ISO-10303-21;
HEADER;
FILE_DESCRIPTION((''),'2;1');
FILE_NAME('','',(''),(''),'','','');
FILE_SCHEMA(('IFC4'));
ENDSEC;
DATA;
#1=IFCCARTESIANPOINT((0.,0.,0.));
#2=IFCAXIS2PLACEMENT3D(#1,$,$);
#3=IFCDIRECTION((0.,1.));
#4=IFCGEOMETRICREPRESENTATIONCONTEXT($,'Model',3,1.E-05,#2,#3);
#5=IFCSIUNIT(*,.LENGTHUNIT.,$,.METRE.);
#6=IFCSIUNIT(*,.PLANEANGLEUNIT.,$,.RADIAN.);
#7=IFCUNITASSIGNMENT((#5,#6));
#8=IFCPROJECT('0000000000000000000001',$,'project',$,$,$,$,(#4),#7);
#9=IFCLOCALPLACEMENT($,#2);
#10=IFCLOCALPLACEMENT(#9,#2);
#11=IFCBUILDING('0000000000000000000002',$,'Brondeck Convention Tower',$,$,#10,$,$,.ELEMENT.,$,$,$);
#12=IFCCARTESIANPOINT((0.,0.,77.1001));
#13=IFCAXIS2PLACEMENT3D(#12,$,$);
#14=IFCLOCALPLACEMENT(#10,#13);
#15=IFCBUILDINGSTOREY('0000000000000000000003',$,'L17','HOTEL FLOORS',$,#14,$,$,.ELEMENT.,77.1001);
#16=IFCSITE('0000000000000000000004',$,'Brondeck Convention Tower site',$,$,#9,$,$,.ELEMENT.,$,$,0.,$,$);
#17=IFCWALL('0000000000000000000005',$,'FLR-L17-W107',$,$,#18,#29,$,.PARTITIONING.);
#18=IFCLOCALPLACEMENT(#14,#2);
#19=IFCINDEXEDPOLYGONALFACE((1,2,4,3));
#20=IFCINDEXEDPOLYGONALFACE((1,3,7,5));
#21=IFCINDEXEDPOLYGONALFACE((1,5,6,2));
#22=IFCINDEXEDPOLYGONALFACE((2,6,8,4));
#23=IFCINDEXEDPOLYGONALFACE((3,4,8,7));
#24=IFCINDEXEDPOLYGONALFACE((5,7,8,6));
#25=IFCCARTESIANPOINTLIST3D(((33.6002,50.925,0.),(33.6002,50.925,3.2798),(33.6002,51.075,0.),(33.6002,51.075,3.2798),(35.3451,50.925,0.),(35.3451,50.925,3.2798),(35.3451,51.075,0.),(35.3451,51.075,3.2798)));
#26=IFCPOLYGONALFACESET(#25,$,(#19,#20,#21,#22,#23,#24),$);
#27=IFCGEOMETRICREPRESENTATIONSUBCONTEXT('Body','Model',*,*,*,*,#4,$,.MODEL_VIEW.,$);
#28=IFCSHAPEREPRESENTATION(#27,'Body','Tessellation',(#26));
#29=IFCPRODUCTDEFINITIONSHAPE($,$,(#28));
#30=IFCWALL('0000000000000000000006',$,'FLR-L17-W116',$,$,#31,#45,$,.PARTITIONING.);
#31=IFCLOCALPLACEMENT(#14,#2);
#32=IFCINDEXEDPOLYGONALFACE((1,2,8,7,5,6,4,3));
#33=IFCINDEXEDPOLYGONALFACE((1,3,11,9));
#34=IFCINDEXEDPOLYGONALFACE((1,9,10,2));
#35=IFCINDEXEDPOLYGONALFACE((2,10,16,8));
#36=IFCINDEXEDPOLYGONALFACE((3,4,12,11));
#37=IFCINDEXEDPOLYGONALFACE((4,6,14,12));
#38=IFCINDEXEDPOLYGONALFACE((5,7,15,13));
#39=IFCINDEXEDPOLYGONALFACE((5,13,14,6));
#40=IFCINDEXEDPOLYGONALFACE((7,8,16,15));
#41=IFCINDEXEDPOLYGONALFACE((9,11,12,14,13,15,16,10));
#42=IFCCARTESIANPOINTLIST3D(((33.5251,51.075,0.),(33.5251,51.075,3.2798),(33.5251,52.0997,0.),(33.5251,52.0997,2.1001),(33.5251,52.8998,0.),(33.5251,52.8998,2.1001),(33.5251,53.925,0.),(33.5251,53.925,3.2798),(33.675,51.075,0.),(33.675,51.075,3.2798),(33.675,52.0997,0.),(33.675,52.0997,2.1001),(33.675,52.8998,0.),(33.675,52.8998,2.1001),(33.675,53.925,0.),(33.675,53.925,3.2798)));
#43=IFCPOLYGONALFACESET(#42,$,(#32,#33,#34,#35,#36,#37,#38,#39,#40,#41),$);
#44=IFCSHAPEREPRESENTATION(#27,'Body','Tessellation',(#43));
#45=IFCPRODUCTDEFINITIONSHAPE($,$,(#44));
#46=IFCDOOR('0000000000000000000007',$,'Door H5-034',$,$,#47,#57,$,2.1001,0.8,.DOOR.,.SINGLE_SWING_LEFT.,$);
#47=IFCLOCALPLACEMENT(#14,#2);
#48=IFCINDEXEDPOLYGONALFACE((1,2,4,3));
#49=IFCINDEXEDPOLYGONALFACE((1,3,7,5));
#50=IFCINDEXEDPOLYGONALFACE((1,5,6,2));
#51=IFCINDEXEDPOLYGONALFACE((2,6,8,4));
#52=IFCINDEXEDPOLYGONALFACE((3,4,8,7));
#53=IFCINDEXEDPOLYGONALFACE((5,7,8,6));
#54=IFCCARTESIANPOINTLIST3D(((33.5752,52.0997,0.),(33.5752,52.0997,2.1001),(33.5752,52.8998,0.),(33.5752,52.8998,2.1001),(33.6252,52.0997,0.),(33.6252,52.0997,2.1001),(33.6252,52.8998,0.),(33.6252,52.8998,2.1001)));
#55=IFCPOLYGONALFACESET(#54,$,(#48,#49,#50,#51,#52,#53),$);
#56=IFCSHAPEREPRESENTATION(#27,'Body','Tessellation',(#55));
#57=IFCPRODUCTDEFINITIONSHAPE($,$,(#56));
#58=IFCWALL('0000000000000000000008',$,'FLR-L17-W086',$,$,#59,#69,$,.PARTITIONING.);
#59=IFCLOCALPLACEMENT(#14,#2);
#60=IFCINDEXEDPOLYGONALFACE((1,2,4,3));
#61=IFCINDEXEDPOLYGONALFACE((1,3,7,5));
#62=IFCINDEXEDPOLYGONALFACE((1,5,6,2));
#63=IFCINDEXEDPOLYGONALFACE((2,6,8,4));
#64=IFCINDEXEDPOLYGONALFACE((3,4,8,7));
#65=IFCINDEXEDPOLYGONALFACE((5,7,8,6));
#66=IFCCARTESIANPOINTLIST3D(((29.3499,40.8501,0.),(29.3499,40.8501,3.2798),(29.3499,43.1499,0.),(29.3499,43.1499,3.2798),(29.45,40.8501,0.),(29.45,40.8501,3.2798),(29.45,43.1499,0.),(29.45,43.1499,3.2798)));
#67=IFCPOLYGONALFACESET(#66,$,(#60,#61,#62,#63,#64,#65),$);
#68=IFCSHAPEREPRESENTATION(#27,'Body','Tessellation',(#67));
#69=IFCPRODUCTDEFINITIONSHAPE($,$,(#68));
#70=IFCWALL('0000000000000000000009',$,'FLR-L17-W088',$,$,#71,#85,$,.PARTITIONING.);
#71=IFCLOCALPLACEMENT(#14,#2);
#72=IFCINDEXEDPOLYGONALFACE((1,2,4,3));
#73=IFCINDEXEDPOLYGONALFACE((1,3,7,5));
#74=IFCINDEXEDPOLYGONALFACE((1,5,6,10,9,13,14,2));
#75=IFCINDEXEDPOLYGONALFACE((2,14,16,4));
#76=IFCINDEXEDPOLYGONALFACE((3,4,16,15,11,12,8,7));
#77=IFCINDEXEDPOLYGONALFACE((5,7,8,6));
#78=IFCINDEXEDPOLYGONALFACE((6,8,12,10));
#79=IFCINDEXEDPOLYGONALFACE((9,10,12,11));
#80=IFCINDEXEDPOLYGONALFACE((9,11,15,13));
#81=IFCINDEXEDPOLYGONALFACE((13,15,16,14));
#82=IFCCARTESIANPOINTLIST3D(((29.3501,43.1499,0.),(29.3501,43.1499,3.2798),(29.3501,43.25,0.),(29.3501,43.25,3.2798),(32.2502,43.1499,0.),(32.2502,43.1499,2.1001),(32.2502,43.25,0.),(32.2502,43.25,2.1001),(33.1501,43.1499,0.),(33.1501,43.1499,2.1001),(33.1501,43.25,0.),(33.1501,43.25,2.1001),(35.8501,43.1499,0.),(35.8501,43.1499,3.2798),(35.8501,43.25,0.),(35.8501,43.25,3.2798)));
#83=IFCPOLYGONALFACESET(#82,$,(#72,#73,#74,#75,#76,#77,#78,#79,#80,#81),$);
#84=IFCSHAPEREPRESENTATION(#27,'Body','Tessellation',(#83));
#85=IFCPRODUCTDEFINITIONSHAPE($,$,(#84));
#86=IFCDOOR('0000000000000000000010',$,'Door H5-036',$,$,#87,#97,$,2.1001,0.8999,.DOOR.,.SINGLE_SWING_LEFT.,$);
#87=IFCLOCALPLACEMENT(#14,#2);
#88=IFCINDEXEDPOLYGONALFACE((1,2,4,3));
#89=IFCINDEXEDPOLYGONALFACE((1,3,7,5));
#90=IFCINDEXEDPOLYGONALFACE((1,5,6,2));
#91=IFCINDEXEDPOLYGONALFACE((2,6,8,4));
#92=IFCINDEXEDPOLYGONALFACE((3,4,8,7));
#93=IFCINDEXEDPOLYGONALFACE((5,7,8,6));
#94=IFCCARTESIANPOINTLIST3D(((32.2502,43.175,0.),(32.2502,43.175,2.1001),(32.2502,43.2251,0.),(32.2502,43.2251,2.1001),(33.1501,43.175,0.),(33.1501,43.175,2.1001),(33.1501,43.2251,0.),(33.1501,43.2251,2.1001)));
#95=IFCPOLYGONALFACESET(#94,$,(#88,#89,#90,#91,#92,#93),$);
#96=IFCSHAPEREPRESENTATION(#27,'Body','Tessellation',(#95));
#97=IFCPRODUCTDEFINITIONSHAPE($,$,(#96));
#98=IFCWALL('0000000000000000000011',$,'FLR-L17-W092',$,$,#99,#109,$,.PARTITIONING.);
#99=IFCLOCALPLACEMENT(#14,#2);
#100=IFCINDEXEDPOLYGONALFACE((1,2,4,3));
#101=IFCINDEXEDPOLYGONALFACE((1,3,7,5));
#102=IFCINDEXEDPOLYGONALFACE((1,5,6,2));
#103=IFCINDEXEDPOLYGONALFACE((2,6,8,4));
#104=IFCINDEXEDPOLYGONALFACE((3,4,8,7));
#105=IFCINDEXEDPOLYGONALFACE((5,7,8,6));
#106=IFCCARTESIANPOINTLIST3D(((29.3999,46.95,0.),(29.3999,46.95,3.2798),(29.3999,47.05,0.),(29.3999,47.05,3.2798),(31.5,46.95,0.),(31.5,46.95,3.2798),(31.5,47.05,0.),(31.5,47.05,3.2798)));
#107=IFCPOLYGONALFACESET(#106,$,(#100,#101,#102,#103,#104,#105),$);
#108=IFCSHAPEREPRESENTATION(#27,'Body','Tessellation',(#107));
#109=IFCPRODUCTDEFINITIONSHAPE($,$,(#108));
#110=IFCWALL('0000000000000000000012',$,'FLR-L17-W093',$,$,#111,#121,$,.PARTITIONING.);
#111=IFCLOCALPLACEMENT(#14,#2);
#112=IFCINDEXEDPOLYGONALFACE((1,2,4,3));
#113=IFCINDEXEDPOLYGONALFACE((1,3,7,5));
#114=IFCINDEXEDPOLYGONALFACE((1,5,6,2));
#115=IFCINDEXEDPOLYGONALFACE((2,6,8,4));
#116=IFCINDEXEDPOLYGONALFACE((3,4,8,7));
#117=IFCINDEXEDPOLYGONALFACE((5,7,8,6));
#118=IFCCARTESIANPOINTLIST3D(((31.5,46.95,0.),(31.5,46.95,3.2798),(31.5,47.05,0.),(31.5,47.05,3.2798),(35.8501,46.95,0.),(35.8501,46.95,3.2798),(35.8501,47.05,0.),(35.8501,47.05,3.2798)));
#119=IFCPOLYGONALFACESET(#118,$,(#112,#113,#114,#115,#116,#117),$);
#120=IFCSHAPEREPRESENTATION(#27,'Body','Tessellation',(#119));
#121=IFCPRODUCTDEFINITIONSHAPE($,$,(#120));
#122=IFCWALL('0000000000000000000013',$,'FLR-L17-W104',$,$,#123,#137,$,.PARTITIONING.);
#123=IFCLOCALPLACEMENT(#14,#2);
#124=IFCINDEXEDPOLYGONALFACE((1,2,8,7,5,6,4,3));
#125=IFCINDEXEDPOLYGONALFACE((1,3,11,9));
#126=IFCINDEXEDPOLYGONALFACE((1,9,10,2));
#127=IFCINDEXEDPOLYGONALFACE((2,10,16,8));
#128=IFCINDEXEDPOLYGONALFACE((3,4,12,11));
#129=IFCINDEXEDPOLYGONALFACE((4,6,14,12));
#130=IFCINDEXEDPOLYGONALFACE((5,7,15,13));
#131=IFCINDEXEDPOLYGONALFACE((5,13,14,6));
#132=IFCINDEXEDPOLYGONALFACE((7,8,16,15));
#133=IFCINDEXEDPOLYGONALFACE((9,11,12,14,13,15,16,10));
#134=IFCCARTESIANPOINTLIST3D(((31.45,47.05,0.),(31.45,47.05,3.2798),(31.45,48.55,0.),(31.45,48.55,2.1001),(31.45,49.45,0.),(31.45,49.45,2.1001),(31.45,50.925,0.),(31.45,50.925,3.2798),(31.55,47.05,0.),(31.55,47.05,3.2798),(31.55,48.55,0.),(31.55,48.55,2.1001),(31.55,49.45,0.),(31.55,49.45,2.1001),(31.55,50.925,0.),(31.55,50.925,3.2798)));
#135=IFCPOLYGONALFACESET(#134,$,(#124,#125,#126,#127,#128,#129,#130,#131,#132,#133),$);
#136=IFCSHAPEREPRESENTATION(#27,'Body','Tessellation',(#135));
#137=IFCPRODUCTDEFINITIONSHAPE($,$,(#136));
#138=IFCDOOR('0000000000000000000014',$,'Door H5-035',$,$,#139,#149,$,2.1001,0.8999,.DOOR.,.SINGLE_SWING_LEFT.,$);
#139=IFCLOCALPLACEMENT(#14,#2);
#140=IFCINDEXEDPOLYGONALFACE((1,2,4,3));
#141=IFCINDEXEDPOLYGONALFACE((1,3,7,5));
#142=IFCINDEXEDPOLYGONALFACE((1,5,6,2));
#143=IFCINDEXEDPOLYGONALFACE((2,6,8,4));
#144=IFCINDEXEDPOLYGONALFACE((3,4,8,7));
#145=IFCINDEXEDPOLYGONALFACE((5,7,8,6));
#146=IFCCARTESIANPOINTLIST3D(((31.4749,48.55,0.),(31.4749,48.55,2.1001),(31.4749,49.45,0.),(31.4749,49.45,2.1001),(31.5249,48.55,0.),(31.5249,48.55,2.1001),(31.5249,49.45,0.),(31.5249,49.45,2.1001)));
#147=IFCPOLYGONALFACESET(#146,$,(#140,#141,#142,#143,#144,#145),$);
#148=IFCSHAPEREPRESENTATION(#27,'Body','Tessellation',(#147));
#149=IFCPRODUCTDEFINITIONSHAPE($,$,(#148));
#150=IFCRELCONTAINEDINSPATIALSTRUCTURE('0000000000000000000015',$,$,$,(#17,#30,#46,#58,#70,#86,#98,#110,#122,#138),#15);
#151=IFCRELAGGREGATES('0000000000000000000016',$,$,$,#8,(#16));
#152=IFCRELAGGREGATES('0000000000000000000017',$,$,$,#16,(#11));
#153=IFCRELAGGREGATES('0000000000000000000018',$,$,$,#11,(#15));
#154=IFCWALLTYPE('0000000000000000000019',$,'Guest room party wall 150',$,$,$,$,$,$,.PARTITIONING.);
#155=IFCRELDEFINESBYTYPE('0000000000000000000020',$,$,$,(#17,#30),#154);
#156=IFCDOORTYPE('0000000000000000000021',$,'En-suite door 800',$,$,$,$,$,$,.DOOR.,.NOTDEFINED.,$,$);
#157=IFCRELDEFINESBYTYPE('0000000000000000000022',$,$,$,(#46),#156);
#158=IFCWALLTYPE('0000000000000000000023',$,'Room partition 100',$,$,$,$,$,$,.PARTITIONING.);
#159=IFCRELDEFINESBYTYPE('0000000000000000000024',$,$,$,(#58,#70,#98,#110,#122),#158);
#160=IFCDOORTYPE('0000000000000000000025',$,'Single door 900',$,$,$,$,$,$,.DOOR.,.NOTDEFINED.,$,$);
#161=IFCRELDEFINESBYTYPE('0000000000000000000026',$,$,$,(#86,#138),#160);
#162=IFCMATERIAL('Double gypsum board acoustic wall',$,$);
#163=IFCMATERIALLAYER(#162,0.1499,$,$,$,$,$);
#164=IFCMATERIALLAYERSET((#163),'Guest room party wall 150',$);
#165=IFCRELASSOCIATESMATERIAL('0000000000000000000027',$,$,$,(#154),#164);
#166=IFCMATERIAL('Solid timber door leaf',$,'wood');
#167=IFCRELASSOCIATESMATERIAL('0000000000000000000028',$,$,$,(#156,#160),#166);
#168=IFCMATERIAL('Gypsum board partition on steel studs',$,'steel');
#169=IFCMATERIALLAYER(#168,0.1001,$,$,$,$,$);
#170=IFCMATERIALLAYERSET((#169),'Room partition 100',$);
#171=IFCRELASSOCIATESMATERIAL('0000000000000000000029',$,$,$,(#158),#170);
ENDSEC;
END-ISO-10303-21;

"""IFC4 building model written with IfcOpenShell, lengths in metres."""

from ifc_helpers import new_model, si_unit, direction, frame, frame_2d, origin, place, context, subcontext, project, spatial, rectangle, extrude, material, layer, layer_set, type_object, element, fill, save


model = new_model("IFC4")

# Units and contexts
model_context = context("Model", 3, precision=1e-05, world=origin(), true_north=direction((0.0, 1.0)))
body_context = subcontext(model_context, "Body", "Model", "MODEL_VIEW")
ifc_project = project(units=[si_unit("LENGTHUNIT", "METRE"), si_unit("PLANEANGLEUNIT", "RADIAN")], contexts=[model_context])

# Site, building, storey
site_placement = place(None, origin())
site = spatial("IfcSite", under=ifc_project, at=site_placement, Name="Brondeck Convention Tower site", CompositionType="ELEMENT", RefElevation=0.0)
building_placement = place(site_placement, origin())
building = spatial("IfcBuilding", under=site, at=building_placement, Name="Brondeck Convention Tower", CompositionType="ELEMENT")
storey_placement = place(building_placement, frame((0.0, 0.0, 77.1001)))
storey = spatial("IfcBuildingStorey", under=building, at=storey_placement, Name="L17", Description="HOTEL FLOORS", CompositionType="ELEMENT", Elevation=77.1001)

# Wall
ifc_material_1 = material(Name="Double gypsum board acoustic wall")
ifc_layer_1 = layer(ifc_material_1, 0.1499)
ifc_layer_set_1 = layer_set([ifc_layer_1], Name="Guest room party wall 150")
wall_type_1 = type_object("IfcWallType", Name="Guest room party wall 150", PredefinedType="PARTITIONING", material=ifc_layer_set_1)
wall_1_placement = place(storey_placement, frame((33.6001, 51.0, 0.0), z_axis=(0.0, 0.0, 1.0), x_axis=(1.0, 0.0, 0.0)))
element("IfcWall", 1, at=wall_1_placement, inside=storey, type_object=wall_type_1, Name="FLR-L17-W107", PredefinedType="PARTITIONING", context=body_context, shape_type="SweptSolid", body=[
    extrude(rectangle(XDim=1.7449, YDim=0.1499, at=frame_2d((0.8726, 0.0))), origin(), (0.0, 0.0, 1.0), 3.2798),
])

# Wall, opening, door
wall_2_placement = place(storey_placement, frame((33.6001, 51.075, 0.0), z_axis=(0.0, 0.0, 1.0), x_axis=(0.0, 1.0, 0.0)))
wall_2 = element("IfcWall", 2, at=wall_2_placement, inside=storey, type_object=wall_type_1, Name="FLR-L17-W116", PredefinedType="PARTITIONING", context=body_context, shape_type="SweptSolid", body=[
    extrude(rectangle(XDim=2.8501, YDim=0.1499, at=frame_2d((1.425, 0.0))), origin(), (0.0, 0.0, 1.0), 3.2798),
])
opening_1_placement = place(wall_2_placement, frame((1.0249, 0.0, 0.0)))
opening_1 = element("IfcOpeningElement", 3, at=opening_1_placement, cuts=wall_2, PredefinedType="OPENING", context=body_context, shape_type="SweptSolid", body=[
    extrude(rectangle(XDim=0.8, YDim=2.1001, at=frame_2d((0.3999, 1.05))), frame((0.0, 0.085, 0.0), z_axis=(0.0, -1.0, 0.0), x_axis=(1.0, 0.0, 0.0)), (0.0, 0.0, 1.0), 0.1699),
])
ifc_material_2 = material(Name="Solid timber door leaf", Category="wood")
door_type_1 = type_object("IfcDoorType", Name="En-suite door 800", OperationType="NOTDEFINED", PredefinedType="DOOR", material=ifc_material_2)
door_1_placement = place(opening_1_placement, origin())
door_1 = element("IfcDoor", 4, at=door_1_placement, inside=storey, type_object=door_type_1, Name="Door H5-034", OperationType="SINGLE_SWING_LEFT", OverallHeight=2.1001, OverallWidth=0.8, PredefinedType="DOOR", context=body_context, shape_type="SweptSolid", body=[
    extrude(rectangle(XDim=0.8, YDim=2.1001, at=frame_2d((0.3999, 1.05))), frame((0.0, 0.0249, 0.0), z_axis=(0.0, -1.0, 0.0), x_axis=(1.0, 0.0, 0.0)), (0.0, 0.0, 1.0), 0.05),
])
fill(opening_1, door_1)

# Wall
ifc_material_3 = material(Name="Gypsum board partition on steel studs", Category="steel")
ifc_layer_2 = layer(ifc_material_3, 0.1001)
ifc_layer_set_2 = layer_set([ifc_layer_2], Name="Room partition 100")
wall_type_2 = type_object("IfcWallType", Name="Room partition 100", PredefinedType="PARTITIONING", material=ifc_layer_set_2)
wall_3_placement = place(storey_placement, frame((29.3999, 43.1499, 0.0), z_axis=(0.0, 0.0, 1.0), x_axis=(0.0, -1.0, 0.0)))
element("IfcWall", 5, at=wall_3_placement, inside=storey, type_object=wall_type_2, Name="FLR-L17-W086", PredefinedType="PARTITIONING", context=body_context, shape_type="SweptSolid", body=[
    extrude(rectangle(XDim=2.2998, YDim=0.1001, at=frame_2d((1.1499, 0.0))), origin(), (0.0, 0.0, 1.0), 3.2798),
])

# Wall, opening, door
wall_4_placement = place(storey_placement, frame((35.8501, 43.2, 0.0), z_axis=(0.0, 0.0, 1.0), x_axis=(-1.0, 0.0, 0.0)))
wall_4 = element("IfcWall", 6, at=wall_4_placement, inside=storey, type_object=wall_type_2, Name="FLR-L17-W088", PredefinedType="PARTITIONING", context=body_context, shape_type="SweptSolid", body=[
    extrude(rectangle(XDim=6.5, YDim=0.1001, at=frame_2d((3.25, 0.0))), origin(), (0.0, 0.0, 1.0), 3.2798),
])
opening_2_placement = place(wall_4_placement, frame((2.7, 0.0, 0.0)))
opening_2 = element("IfcOpeningElement", 7, at=opening_2_placement, cuts=wall_4, PredefinedType="OPENING", context=body_context, shape_type="SweptSolid", body=[
    extrude(rectangle(XDim=0.8999, YDim=2.1001, at=frame_2d((0.45, 1.05))), frame((0.0, 0.0601, 0.0), z_axis=(0.0, -1.0, 0.0), x_axis=(1.0, 0.0, 0.0)), (0.0, 0.0, 1.0), 0.1201),
])
door_type_2 = type_object("IfcDoorType", Name="Single door 900", OperationType="NOTDEFINED", PredefinedType="DOOR", material=ifc_material_2)
door_2_placement = place(opening_2_placement, origin())
door_2 = element("IfcDoor", 8, at=door_2_placement, inside=storey, type_object=door_type_2, Name="Door H5-036", OperationType="SINGLE_SWING_LEFT", OverallHeight=2.1001, OverallWidth=0.8999, PredefinedType="DOOR", context=body_context, shape_type="SweptSolid", body=[
    extrude(rectangle(XDim=0.8999, YDim=2.1001, at=frame_2d((0.45, 1.05))), frame((0.0, 0.0249, 0.0), z_axis=(0.0, -1.0, 0.0), x_axis=(1.0, 0.0, 0.0)), (0.0, 0.0, 1.0), 0.05),
])
fill(opening_2, door_2)

# Walls
wall_5_placement = place(storey_placement, frame((29.3999, 47.0, 0.0), z_axis=(0.0, 0.0, 1.0), x_axis=(1.0, 0.0, 0.0)))
element("IfcWall", 9, at=wall_5_placement, inside=storey, type_object=wall_type_2, Name="FLR-L17-W092", PredefinedType="PARTITIONING", context=body_context, shape_type="SweptSolid", body=[
    extrude(rectangle(XDim=2.1001, YDim=0.1001, at=frame_2d((1.05, 0.0))), origin(), (0.0, 0.0, 1.0), 3.2798),
])
wall_6_placement = place(storey_placement, frame((31.5, 47.0, 0.0), z_axis=(0.0, 0.0, 1.0), x_axis=(1.0, 0.0, 0.0)))
element("IfcWall", 10, at=wall_6_placement, inside=storey, type_object=wall_type_2, Name="FLR-L17-W093", PredefinedType="PARTITIONING", context=body_context, shape_type="SweptSolid", body=[
    extrude(rectangle(XDim=4.3501, YDim=0.1001, at=frame_2d((2.175, 0.0))), origin(), (0.0, 0.0, 1.0), 3.2798),
])

# Wall, opening, door
wall_7_placement = place(storey_placement, frame((31.5, 50.925, 0.0), z_axis=(0.0, 0.0, 1.0), x_axis=(0.0, -1.0, 0.0)))
wall_7 = element("IfcWall", 11, at=wall_7_placement, inside=storey, type_object=wall_type_2, Name="FLR-L17-W104", PredefinedType="PARTITIONING", context=body_context, shape_type="SweptSolid", body=[
    extrude(rectangle(XDim=3.875, YDim=0.1001, at=frame_2d((1.9375, 0.0))), origin(), (0.0, 0.0, 1.0), 3.2798),
])
opening_3_placement = place(wall_7_placement, frame((1.4751, 0.0, 0.0)))
opening_3 = element("IfcOpeningElement", 12, at=opening_3_placement, cuts=wall_7, PredefinedType="OPENING", context=body_context, shape_type="SweptSolid", body=[
    extrude(rectangle(XDim=0.8999, YDim=2.1001, at=frame_2d((0.45, 1.05))), frame((0.0, 0.0601, 0.0), z_axis=(0.0, -1.0, 0.0), x_axis=(1.0, 0.0, 0.0)), (0.0, 0.0, 1.0), 0.1201),
])
door_3_placement = place(opening_3_placement, origin())
door_3 = element("IfcDoor", 13, at=door_3_placement, inside=storey, type_object=door_type_2, Name="Door H5-035", OperationType="SINGLE_SWING_LEFT", OverallHeight=2.1001, OverallWidth=0.8999, PredefinedType="DOOR", context=body_context, shape_type="SweptSolid", body=[
    extrude(rectangle(XDim=0.8999, YDim=2.1001, at=frame_2d((0.45, 1.05))), frame((0.0, 0.0249, 0.0), z_axis=(0.0, -1.0, 0.0), x_axis=(1.0, 0.0, 0.0)), (0.0, 0.0, 1.0), 0.05),
])
fill(opening_3, door_3)

save(model, "model.ifc")
